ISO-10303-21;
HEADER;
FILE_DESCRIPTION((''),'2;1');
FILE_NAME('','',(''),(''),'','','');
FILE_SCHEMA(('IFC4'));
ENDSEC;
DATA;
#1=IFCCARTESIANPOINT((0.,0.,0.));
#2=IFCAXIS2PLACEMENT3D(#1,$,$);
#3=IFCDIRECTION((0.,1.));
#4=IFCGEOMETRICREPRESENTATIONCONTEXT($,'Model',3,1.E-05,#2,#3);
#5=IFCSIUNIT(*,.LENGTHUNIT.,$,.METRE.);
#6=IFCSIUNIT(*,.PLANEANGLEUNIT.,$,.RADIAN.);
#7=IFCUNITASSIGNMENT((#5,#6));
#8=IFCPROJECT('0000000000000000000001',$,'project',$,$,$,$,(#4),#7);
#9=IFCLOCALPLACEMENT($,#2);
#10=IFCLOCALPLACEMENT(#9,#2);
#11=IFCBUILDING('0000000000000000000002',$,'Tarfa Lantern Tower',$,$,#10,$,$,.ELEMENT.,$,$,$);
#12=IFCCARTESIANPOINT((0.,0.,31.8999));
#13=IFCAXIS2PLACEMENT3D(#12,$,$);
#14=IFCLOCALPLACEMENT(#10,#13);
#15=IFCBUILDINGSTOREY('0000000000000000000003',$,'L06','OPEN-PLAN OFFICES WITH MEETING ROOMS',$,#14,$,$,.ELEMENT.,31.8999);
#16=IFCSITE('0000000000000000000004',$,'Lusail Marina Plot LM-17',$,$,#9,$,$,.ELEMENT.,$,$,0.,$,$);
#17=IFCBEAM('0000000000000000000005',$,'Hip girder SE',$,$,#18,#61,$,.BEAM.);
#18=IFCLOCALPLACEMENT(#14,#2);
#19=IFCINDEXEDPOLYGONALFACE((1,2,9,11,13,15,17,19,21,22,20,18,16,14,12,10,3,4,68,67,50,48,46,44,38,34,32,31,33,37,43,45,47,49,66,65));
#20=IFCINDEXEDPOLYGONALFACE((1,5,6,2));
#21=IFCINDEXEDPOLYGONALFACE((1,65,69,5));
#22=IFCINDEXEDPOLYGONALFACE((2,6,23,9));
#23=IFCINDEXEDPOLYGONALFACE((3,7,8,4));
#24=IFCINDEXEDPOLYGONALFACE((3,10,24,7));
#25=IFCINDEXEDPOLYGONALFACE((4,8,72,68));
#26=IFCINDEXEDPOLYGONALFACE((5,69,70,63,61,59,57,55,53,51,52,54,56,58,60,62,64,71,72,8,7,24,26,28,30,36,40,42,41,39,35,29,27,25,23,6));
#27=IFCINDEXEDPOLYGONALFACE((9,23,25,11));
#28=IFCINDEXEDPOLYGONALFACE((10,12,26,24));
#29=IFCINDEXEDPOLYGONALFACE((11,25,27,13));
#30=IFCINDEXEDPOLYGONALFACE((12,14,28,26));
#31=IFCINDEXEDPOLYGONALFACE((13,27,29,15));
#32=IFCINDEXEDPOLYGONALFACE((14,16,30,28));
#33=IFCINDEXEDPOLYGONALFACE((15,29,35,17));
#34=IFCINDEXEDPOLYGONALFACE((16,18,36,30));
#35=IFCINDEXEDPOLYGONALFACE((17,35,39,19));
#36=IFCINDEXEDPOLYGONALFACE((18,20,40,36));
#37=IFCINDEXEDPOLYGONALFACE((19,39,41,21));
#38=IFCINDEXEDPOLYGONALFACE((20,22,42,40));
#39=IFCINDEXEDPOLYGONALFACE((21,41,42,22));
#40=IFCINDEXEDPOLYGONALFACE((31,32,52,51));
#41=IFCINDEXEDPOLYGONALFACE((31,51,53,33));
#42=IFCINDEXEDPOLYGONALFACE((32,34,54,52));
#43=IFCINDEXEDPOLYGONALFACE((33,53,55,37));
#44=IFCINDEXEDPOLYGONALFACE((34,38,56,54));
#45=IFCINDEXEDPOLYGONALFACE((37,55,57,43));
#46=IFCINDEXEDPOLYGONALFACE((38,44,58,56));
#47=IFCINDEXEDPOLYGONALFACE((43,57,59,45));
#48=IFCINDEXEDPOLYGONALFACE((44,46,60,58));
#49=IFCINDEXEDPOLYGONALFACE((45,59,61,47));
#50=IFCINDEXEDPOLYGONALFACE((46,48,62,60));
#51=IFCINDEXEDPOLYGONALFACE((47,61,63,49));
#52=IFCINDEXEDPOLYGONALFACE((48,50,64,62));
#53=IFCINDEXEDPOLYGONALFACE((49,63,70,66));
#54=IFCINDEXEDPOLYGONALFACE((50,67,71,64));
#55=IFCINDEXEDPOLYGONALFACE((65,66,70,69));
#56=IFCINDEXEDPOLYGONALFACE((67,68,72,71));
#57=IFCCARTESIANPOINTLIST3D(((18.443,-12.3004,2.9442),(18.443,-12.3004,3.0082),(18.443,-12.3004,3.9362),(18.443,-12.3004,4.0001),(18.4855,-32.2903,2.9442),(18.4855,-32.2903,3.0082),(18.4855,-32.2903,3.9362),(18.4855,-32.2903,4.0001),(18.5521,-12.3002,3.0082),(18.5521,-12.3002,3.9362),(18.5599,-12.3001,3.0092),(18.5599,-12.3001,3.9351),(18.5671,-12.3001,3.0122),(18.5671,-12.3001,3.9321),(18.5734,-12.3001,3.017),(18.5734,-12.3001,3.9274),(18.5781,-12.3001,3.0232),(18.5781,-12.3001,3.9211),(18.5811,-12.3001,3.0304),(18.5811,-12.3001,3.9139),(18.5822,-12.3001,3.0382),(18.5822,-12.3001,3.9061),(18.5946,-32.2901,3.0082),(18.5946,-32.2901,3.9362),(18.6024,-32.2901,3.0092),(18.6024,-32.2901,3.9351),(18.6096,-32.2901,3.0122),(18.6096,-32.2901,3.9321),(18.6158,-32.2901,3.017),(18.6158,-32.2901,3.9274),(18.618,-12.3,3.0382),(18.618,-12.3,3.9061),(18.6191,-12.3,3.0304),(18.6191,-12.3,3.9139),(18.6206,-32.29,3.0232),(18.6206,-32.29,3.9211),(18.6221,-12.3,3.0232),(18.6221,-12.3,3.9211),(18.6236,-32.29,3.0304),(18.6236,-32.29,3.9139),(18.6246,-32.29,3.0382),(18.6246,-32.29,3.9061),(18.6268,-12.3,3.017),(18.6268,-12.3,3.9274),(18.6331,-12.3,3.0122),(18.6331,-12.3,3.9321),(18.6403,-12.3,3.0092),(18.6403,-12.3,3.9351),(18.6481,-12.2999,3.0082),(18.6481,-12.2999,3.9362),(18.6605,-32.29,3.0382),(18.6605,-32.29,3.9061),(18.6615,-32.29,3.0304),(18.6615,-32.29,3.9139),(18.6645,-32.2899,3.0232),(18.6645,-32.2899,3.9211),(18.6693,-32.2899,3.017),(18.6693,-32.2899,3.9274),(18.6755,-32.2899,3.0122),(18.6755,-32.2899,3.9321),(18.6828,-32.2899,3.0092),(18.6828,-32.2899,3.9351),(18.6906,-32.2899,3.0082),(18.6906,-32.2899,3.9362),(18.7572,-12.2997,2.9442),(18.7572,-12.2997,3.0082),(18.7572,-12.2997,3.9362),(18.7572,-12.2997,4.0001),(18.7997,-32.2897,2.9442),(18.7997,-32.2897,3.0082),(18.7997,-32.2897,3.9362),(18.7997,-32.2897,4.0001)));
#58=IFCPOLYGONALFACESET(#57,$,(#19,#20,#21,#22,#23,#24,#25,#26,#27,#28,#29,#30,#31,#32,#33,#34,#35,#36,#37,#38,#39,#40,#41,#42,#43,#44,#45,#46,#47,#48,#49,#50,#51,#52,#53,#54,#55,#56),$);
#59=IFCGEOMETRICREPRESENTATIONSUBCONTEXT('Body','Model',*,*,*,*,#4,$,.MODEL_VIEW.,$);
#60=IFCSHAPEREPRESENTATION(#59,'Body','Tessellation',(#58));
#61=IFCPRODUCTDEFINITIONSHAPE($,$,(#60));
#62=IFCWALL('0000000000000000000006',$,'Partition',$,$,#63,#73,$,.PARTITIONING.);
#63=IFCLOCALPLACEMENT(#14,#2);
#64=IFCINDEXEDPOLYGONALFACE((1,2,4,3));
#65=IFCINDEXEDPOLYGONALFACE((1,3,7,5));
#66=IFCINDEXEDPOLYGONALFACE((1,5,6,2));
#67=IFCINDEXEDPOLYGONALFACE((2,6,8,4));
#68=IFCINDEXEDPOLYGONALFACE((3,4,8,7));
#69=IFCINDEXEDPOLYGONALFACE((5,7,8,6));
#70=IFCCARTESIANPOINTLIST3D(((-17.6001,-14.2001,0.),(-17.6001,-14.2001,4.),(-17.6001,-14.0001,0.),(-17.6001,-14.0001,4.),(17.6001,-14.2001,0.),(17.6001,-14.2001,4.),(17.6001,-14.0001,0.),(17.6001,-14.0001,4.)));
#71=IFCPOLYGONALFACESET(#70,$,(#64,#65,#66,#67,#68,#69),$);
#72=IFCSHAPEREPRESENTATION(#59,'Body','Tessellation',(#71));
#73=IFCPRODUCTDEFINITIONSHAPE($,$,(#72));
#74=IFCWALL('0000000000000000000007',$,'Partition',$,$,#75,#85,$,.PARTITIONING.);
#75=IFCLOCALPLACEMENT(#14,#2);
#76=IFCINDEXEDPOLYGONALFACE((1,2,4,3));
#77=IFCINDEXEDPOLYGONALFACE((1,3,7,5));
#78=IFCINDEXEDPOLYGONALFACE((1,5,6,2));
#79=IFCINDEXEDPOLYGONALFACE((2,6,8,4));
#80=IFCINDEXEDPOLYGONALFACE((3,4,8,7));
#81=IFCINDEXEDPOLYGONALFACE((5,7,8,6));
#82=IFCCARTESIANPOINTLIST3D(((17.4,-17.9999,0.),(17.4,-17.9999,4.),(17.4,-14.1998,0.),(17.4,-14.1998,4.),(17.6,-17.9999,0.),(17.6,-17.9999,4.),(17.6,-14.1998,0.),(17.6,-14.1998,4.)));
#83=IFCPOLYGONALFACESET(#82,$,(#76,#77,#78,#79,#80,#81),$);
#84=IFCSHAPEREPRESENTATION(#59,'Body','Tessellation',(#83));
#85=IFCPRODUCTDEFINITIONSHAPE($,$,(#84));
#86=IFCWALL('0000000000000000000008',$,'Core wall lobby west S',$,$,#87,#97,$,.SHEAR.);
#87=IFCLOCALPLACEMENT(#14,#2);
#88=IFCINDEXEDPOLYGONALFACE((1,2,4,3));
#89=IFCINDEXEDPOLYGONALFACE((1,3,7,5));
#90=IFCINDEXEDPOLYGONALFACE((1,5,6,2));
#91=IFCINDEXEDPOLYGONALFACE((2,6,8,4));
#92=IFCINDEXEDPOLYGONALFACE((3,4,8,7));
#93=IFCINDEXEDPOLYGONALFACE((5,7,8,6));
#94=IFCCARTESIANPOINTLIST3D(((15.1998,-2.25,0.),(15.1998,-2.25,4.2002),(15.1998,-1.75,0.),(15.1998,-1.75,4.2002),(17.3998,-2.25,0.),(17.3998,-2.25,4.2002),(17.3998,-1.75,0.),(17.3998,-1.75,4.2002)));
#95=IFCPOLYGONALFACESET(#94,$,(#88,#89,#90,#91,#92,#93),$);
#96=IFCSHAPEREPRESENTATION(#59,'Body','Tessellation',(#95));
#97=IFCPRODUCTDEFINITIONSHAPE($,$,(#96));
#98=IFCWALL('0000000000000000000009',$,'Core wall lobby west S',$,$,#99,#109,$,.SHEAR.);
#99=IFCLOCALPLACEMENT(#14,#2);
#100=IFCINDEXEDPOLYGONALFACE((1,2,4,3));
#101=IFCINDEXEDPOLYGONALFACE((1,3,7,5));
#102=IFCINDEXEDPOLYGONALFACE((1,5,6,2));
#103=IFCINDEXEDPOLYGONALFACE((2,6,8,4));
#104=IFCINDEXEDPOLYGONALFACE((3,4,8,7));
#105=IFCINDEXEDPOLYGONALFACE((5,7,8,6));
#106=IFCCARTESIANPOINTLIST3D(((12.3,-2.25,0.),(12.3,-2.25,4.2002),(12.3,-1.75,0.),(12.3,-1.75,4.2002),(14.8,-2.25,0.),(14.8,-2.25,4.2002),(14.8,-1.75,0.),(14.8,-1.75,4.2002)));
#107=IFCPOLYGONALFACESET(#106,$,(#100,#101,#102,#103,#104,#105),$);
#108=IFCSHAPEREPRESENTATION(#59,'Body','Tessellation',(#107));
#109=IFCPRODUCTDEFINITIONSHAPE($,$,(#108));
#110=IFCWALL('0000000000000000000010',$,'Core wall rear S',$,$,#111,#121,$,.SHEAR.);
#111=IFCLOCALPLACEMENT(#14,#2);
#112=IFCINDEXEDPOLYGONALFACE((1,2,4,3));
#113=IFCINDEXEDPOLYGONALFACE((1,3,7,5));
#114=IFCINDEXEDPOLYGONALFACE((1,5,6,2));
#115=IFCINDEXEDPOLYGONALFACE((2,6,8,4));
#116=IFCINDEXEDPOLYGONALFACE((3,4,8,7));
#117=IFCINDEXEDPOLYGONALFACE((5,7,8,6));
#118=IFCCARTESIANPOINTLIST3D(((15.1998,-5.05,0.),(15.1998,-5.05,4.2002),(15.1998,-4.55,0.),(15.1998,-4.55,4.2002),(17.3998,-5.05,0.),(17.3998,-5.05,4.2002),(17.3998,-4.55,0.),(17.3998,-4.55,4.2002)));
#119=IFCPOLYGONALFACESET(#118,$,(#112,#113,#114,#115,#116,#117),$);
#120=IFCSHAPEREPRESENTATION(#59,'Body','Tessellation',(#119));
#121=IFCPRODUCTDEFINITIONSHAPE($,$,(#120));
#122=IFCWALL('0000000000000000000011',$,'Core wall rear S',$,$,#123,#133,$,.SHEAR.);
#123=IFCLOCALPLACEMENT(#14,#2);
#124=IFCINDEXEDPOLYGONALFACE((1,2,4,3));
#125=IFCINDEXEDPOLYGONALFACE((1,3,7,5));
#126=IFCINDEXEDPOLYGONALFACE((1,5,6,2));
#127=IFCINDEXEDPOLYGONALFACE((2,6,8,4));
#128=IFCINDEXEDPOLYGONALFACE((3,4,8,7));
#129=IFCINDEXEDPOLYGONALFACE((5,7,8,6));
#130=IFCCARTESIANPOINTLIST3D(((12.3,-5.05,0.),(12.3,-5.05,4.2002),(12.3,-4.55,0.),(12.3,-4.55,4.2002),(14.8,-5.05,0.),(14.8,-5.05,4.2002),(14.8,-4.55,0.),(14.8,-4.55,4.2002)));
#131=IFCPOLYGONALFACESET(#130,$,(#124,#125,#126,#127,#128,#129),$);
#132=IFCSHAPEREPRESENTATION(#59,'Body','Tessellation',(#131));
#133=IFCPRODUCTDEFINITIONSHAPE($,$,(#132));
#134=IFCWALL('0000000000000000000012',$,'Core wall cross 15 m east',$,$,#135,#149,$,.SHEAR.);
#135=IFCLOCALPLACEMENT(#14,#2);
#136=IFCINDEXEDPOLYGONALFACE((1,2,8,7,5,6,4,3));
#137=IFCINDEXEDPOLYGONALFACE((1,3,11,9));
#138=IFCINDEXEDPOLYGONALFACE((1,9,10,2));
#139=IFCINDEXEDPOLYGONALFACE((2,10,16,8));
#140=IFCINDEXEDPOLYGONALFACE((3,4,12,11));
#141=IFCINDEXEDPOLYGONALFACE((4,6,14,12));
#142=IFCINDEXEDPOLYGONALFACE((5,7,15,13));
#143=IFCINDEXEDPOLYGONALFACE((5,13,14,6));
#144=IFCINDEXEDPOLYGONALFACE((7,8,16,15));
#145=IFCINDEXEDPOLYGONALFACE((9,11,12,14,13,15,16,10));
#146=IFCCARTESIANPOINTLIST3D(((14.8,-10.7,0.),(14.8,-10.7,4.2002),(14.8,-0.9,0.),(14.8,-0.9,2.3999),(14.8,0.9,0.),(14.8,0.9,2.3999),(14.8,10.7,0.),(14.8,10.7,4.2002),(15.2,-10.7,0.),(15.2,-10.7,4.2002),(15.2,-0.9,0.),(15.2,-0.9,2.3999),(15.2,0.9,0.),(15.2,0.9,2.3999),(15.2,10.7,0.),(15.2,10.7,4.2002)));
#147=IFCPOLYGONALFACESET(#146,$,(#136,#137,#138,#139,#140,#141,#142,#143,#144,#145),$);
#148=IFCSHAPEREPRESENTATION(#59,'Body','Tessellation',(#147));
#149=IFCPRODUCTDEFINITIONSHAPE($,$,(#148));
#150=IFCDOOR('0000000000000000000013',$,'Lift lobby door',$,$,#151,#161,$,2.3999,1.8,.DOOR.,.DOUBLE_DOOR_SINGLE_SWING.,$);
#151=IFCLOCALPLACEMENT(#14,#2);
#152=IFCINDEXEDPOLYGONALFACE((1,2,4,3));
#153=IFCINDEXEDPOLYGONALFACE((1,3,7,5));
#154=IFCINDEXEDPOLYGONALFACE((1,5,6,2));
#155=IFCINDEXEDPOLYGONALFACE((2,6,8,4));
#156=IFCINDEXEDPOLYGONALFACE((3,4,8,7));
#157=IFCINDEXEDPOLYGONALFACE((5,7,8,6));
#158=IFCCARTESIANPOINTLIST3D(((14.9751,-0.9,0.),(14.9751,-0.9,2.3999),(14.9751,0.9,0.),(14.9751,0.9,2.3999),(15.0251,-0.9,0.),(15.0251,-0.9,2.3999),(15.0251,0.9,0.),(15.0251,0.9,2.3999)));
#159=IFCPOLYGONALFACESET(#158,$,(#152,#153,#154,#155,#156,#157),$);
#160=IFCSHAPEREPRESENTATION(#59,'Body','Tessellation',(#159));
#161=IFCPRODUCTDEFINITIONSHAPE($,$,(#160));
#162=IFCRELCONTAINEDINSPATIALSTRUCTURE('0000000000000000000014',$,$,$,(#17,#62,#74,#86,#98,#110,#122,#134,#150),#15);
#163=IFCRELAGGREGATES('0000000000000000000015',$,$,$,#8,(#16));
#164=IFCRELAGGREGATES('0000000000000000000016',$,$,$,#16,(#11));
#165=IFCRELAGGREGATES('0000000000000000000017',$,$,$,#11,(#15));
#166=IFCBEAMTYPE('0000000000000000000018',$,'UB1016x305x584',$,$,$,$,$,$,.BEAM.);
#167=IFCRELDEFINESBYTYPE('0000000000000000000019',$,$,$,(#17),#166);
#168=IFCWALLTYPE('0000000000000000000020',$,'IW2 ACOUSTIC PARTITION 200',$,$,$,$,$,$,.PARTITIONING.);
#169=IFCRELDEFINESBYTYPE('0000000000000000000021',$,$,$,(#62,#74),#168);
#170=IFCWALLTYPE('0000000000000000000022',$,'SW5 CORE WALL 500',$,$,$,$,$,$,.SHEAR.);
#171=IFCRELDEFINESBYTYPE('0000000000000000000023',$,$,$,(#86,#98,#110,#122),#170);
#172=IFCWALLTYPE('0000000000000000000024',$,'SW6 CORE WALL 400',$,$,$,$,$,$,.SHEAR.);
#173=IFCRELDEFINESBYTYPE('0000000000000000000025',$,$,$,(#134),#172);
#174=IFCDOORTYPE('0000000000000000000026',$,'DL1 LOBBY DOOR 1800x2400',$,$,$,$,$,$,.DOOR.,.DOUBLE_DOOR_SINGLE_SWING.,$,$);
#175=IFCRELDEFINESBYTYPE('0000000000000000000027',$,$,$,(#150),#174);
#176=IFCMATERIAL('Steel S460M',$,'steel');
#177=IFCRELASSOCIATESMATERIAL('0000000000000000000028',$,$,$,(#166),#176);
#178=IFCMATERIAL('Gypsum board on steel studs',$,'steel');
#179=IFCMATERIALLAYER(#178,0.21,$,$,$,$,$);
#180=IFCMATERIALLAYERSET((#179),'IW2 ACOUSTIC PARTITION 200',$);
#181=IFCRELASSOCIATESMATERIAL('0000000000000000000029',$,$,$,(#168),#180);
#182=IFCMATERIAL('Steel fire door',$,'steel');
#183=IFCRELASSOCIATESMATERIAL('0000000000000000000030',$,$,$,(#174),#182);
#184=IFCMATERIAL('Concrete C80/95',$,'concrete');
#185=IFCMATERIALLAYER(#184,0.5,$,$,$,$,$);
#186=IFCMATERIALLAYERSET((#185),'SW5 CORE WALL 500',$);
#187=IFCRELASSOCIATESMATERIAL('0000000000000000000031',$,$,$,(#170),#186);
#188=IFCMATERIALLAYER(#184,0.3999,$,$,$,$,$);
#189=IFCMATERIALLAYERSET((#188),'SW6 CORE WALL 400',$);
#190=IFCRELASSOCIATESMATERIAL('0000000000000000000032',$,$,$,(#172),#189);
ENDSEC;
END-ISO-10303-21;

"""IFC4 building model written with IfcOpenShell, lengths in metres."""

from ifc_helpers import new_model, si_unit, direction, frame, frame_2d, origin, origin_2d, place, context, subcontext, project, spatial, rectangle, i_section, extrude, material, layer, layer_set, material_profile, profile_set, type_object, element, fill, save


model = new_model("IFC4")

# Units and contexts
model_context = context("Model", 3, precision=1e-05, world=origin(), true_north=direction((0.0, 1.0)))
body_context = subcontext(model_context, "Body", "Model", "MODEL_VIEW")
ifc_project = project(units=[si_unit("LENGTHUNIT", "METRE"), si_unit("PLANEANGLEUNIT", "RADIAN")], contexts=[model_context])

# Site, building, storey
site_placement = place(None, origin())
site = spatial("IfcSite", under=ifc_project, at=site_placement, Name="Lusail Marina Plot LM-17", CompositionType="ELEMENT", RefElevation=0.0)
building_placement = place(site_placement, origin())
building = spatial("IfcBuilding", under=site, at=building_placement, Name="Tarfa Lantern Tower", CompositionType="ELEMENT")
storey_placement = place(building_placement, frame((0.0, 0.0, 31.8999)))
storey = spatial("IfcBuildingStorey", under=building, at=storey_placement, Name="L06", Description="OPEN-PLAN OFFICES WITH MEETING ROOMS", CompositionType="ELEMENT", Elevation=31.8999)

# Beam
ifc_material_1 = material(Name="Steel S460M", Category="steel")
ifc_material_profile = material_profile(ifc_material_1, i_section(OverallWidth=0.3142, OverallDepth=1.0559, WebThickness=0.0359, FlangeThickness=0.064, FilletRadius=0.03, at=origin_2d()), Name="UB1016x305x584")
ifc_profile_set = profile_set([ifc_material_profile], Name="Steel S460M")
beam_type = type_object("IfcBeamType", Name="UB1016x305x584", PredefinedType="BEAM", material=ifc_profile_set)
beam_placement = place(storey_placement, frame((18.6001, -12.3, 3.4722), z_axis=(0.002125, -0.999998, 0.0), x_axis=(0.999998, 0.002125, 0.0)))
element("IfcBeam", 1, at=beam_placement, inside=storey, type_object=beam_type, Name="Hip girder SE", PredefinedType="BEAM", context=body_context, shape_type="SweptSolid", body=[
    extrude(i_section(OverallWidth=0.3142, OverallDepth=1.0559, WebThickness=0.0359, FlangeThickness=0.064, FilletRadius=0.03, at=origin_2d()), origin(), (0.0, 0.0, 1.0), 19.99),
])

# Walls
ifc_material_2 = material(Name="Gypsum board on steel studs", Category="steel")
ifc_layer_1 = layer(ifc_material_2, 0.21)
ifc_layer_set_1 = layer_set([ifc_layer_1], Name="IW2 ACOUSTIC PARTITION 200")
wall_type_1 = type_object("IfcWallType", Name="IW2 ACOUSTIC PARTITION 200", PredefinedType="PARTITIONING", material=ifc_layer_set_1)
wall_1_placement = place(storey_placement, frame((17.6001, -14.1001, 0.0), z_axis=(0.0, 0.0, 1.0), x_axis=(-1.0, 0.0, 0.0)))
element("IfcWall", 2, at=wall_1_placement, inside=storey, type_object=wall_type_1, Name="Partition", PredefinedType="PARTITIONING", context=body_context, shape_type="SweptSolid", body=[
    extrude(rectangle(XDim=35.2002, YDim=0.2, at=frame_2d((17.6001, 0.0))), origin(), (0.0, 0.0, 1.0), 4.0),
])
wall_2_placement = place(storey_placement, frame((17.5, -14.2, 0.0), z_axis=(0.0, 0.0, 1.0), x_axis=(0.0, -1.0, 0.0)))
element("IfcWall", 3, at=wall_2_placement, inside=storey, type_object=wall_type_1, Name="Partition", PredefinedType="PARTITIONING", context=body_context, shape_type="SweptSolid", body=[
    extrude(rectangle(XDim=3.8, YDim=0.2, at=frame_2d((1.8999, 0.0))), origin(), (0.0, 0.0, 1.0), 4.0),
])

# Shared definitions
ifc_material_3 = material(Name="Concrete C80/95", Category="concrete")
ifc_material_4 = material(Name="Steel fire door", Category="steel")
door_type_1 = type_object("IfcDoorType", Name="DL1 LOBBY DOOR 1800x2400", OperationType="DOUBLE_DOOR_SINGLE_SWING", PredefinedType="DOOR", material=ifc_material_4)

# Walls
ifc_layer_2 = layer(ifc_material_3, 0.5)
ifc_layer_set_2 = layer_set([ifc_layer_2], Name="SW5 CORE WALL 500")
wall_type_2 = type_object("IfcWallType", Name="SW5 CORE WALL 500", PredefinedType="SHEAR", material=ifc_layer_set_2)
wall_3_placement = place(storey_placement, frame((17.3999, -2.0, 0.0), z_axis=(0.0, 0.0, 1.0), x_axis=(-1.0, 0.0, 0.0)))
element("IfcWall", 4, at=wall_3_placement, inside=storey, type_object=wall_type_2, Name="Core wall lobby west S", PredefinedType="SHEAR", context=body_context, shape_type="SweptSolid", body=[
    extrude(rectangle(XDim=2.2, YDim=0.5, at=frame_2d((1.1001, 0.0))), origin(), (0.0, 0.0, 1.0), 4.2002),
])
wall_4_placement = place(storey_placement, frame((14.8, -2.0, 0.0), z_axis=(0.0, 0.0, 1.0), x_axis=(-1.0, 0.0, 0.0)))
element("IfcWall", 5, at=wall_4_placement, inside=storey, type_object=wall_type_2, Name="Core wall lobby west S", PredefinedType="SHEAR", context=body_context, shape_type="SweptSolid", body=[
    extrude(rectangle(XDim=2.5, YDim=0.5, at=frame_2d((1.25, 0.0))), origin(), (0.0, 0.0, 1.0), 4.2002),
])
wall_5_placement = place(storey_placement, frame((17.3999, -4.8, 0.0), z_axis=(0.0, 0.0, 1.0), x_axis=(-1.0, 0.0, 0.0)))
element("IfcWall", 6, at=wall_5_placement, inside=storey, type_object=wall_type_2, Name="Core wall rear S", PredefinedType="SHEAR", context=body_context, shape_type="SweptSolid", body=[
    extrude(rectangle(XDim=2.2, YDim=0.5, at=frame_2d((1.1001, 0.0))), origin(), (0.0, 0.0, 1.0), 4.2002),
])
wall_6_placement = place(storey_placement, frame((14.8, -4.8, 0.0), z_axis=(0.0, 0.0, 1.0), x_axis=(-1.0, 0.0, 0.0)))
element("IfcWall", 7, at=wall_6_placement, inside=storey, type_object=wall_type_2, Name="Core wall rear S", PredefinedType="SHEAR", context=body_context, shape_type="SweptSolid", body=[
    extrude(rectangle(XDim=2.5, YDim=0.5, at=frame_2d((1.25, 0.0))), origin(), (0.0, 0.0, 1.0), 4.2002),
])

# Wall, opening, door
ifc_layer_3 = layer(ifc_material_3, 0.3999)
ifc_layer_set_3 = layer_set([ifc_layer_3], Name="SW6 CORE WALL 400")
wall_type_3 = type_object("IfcWallType", Name="SW6 CORE WALL 400", PredefinedType="SHEAR", material=ifc_layer_set_3)
wall_7_placement = place(storey_placement, frame((15.0, -10.7, 0.0), z_axis=(0.0, 0.0, 1.0), x_axis=(0.0, 1.0, 0.0)))
wall_7 = element("IfcWall", 8, at=wall_7_placement, inside=storey, type_object=wall_type_3, Name="Core wall cross 15 m east", PredefinedType="SHEAR", context=body_context, shape_type="SweptSolid", body=[
    extrude(rectangle(XDim=21.3999, YDim=0.3999, at=frame_2d((10.7, 0.0))), origin(), (0.0, 0.0, 1.0), 4.2002),
])
opening_1_placement = place(wall_7_placement, frame((9.8, 0.0, 0.0)))
opening_1 = element("IfcOpeningElement", 9, at=opening_1_placement, cuts=wall_7, PredefinedType="OPENING", context=body_context, shape_type="SweptSolid", body=[
    extrude(rectangle(XDim=1.8, YDim=2.3999, at=frame_2d((0.8999, 1.2))), frame((0.0, 0.21, 0.0), z_axis=(0.0, -1.0, 0.0), x_axis=(1.0, 0.0, 0.0)), (0.0, 0.0, 1.0), 0.4199),
])
door_1_placement = place(opening_1_placement, origin())
door_1 = element("IfcDoor", 10, at=door_1_placement, inside=storey, type_object=door_type_1, Name="Lift lobby door", OperationType="DOUBLE_DOOR_SINGLE_SWING", OverallHeight=2.3999, OverallWidth=1.8, PredefinedType="DOOR", context=body_context, shape_type="SweptSolid", body=[
    extrude(rectangle(XDim=1.8, YDim=2.3999, at=frame_2d((0.8999, 1.2))), frame((0.0, 0.0249, 0.0), z_axis=(0.0, -1.0, 0.0), x_axis=(1.0, 0.0, 0.0)), (0.0, 0.0, 1.0), 0.05),
])
fill(opening_1, door_1)

save(model, "model.ifc")
